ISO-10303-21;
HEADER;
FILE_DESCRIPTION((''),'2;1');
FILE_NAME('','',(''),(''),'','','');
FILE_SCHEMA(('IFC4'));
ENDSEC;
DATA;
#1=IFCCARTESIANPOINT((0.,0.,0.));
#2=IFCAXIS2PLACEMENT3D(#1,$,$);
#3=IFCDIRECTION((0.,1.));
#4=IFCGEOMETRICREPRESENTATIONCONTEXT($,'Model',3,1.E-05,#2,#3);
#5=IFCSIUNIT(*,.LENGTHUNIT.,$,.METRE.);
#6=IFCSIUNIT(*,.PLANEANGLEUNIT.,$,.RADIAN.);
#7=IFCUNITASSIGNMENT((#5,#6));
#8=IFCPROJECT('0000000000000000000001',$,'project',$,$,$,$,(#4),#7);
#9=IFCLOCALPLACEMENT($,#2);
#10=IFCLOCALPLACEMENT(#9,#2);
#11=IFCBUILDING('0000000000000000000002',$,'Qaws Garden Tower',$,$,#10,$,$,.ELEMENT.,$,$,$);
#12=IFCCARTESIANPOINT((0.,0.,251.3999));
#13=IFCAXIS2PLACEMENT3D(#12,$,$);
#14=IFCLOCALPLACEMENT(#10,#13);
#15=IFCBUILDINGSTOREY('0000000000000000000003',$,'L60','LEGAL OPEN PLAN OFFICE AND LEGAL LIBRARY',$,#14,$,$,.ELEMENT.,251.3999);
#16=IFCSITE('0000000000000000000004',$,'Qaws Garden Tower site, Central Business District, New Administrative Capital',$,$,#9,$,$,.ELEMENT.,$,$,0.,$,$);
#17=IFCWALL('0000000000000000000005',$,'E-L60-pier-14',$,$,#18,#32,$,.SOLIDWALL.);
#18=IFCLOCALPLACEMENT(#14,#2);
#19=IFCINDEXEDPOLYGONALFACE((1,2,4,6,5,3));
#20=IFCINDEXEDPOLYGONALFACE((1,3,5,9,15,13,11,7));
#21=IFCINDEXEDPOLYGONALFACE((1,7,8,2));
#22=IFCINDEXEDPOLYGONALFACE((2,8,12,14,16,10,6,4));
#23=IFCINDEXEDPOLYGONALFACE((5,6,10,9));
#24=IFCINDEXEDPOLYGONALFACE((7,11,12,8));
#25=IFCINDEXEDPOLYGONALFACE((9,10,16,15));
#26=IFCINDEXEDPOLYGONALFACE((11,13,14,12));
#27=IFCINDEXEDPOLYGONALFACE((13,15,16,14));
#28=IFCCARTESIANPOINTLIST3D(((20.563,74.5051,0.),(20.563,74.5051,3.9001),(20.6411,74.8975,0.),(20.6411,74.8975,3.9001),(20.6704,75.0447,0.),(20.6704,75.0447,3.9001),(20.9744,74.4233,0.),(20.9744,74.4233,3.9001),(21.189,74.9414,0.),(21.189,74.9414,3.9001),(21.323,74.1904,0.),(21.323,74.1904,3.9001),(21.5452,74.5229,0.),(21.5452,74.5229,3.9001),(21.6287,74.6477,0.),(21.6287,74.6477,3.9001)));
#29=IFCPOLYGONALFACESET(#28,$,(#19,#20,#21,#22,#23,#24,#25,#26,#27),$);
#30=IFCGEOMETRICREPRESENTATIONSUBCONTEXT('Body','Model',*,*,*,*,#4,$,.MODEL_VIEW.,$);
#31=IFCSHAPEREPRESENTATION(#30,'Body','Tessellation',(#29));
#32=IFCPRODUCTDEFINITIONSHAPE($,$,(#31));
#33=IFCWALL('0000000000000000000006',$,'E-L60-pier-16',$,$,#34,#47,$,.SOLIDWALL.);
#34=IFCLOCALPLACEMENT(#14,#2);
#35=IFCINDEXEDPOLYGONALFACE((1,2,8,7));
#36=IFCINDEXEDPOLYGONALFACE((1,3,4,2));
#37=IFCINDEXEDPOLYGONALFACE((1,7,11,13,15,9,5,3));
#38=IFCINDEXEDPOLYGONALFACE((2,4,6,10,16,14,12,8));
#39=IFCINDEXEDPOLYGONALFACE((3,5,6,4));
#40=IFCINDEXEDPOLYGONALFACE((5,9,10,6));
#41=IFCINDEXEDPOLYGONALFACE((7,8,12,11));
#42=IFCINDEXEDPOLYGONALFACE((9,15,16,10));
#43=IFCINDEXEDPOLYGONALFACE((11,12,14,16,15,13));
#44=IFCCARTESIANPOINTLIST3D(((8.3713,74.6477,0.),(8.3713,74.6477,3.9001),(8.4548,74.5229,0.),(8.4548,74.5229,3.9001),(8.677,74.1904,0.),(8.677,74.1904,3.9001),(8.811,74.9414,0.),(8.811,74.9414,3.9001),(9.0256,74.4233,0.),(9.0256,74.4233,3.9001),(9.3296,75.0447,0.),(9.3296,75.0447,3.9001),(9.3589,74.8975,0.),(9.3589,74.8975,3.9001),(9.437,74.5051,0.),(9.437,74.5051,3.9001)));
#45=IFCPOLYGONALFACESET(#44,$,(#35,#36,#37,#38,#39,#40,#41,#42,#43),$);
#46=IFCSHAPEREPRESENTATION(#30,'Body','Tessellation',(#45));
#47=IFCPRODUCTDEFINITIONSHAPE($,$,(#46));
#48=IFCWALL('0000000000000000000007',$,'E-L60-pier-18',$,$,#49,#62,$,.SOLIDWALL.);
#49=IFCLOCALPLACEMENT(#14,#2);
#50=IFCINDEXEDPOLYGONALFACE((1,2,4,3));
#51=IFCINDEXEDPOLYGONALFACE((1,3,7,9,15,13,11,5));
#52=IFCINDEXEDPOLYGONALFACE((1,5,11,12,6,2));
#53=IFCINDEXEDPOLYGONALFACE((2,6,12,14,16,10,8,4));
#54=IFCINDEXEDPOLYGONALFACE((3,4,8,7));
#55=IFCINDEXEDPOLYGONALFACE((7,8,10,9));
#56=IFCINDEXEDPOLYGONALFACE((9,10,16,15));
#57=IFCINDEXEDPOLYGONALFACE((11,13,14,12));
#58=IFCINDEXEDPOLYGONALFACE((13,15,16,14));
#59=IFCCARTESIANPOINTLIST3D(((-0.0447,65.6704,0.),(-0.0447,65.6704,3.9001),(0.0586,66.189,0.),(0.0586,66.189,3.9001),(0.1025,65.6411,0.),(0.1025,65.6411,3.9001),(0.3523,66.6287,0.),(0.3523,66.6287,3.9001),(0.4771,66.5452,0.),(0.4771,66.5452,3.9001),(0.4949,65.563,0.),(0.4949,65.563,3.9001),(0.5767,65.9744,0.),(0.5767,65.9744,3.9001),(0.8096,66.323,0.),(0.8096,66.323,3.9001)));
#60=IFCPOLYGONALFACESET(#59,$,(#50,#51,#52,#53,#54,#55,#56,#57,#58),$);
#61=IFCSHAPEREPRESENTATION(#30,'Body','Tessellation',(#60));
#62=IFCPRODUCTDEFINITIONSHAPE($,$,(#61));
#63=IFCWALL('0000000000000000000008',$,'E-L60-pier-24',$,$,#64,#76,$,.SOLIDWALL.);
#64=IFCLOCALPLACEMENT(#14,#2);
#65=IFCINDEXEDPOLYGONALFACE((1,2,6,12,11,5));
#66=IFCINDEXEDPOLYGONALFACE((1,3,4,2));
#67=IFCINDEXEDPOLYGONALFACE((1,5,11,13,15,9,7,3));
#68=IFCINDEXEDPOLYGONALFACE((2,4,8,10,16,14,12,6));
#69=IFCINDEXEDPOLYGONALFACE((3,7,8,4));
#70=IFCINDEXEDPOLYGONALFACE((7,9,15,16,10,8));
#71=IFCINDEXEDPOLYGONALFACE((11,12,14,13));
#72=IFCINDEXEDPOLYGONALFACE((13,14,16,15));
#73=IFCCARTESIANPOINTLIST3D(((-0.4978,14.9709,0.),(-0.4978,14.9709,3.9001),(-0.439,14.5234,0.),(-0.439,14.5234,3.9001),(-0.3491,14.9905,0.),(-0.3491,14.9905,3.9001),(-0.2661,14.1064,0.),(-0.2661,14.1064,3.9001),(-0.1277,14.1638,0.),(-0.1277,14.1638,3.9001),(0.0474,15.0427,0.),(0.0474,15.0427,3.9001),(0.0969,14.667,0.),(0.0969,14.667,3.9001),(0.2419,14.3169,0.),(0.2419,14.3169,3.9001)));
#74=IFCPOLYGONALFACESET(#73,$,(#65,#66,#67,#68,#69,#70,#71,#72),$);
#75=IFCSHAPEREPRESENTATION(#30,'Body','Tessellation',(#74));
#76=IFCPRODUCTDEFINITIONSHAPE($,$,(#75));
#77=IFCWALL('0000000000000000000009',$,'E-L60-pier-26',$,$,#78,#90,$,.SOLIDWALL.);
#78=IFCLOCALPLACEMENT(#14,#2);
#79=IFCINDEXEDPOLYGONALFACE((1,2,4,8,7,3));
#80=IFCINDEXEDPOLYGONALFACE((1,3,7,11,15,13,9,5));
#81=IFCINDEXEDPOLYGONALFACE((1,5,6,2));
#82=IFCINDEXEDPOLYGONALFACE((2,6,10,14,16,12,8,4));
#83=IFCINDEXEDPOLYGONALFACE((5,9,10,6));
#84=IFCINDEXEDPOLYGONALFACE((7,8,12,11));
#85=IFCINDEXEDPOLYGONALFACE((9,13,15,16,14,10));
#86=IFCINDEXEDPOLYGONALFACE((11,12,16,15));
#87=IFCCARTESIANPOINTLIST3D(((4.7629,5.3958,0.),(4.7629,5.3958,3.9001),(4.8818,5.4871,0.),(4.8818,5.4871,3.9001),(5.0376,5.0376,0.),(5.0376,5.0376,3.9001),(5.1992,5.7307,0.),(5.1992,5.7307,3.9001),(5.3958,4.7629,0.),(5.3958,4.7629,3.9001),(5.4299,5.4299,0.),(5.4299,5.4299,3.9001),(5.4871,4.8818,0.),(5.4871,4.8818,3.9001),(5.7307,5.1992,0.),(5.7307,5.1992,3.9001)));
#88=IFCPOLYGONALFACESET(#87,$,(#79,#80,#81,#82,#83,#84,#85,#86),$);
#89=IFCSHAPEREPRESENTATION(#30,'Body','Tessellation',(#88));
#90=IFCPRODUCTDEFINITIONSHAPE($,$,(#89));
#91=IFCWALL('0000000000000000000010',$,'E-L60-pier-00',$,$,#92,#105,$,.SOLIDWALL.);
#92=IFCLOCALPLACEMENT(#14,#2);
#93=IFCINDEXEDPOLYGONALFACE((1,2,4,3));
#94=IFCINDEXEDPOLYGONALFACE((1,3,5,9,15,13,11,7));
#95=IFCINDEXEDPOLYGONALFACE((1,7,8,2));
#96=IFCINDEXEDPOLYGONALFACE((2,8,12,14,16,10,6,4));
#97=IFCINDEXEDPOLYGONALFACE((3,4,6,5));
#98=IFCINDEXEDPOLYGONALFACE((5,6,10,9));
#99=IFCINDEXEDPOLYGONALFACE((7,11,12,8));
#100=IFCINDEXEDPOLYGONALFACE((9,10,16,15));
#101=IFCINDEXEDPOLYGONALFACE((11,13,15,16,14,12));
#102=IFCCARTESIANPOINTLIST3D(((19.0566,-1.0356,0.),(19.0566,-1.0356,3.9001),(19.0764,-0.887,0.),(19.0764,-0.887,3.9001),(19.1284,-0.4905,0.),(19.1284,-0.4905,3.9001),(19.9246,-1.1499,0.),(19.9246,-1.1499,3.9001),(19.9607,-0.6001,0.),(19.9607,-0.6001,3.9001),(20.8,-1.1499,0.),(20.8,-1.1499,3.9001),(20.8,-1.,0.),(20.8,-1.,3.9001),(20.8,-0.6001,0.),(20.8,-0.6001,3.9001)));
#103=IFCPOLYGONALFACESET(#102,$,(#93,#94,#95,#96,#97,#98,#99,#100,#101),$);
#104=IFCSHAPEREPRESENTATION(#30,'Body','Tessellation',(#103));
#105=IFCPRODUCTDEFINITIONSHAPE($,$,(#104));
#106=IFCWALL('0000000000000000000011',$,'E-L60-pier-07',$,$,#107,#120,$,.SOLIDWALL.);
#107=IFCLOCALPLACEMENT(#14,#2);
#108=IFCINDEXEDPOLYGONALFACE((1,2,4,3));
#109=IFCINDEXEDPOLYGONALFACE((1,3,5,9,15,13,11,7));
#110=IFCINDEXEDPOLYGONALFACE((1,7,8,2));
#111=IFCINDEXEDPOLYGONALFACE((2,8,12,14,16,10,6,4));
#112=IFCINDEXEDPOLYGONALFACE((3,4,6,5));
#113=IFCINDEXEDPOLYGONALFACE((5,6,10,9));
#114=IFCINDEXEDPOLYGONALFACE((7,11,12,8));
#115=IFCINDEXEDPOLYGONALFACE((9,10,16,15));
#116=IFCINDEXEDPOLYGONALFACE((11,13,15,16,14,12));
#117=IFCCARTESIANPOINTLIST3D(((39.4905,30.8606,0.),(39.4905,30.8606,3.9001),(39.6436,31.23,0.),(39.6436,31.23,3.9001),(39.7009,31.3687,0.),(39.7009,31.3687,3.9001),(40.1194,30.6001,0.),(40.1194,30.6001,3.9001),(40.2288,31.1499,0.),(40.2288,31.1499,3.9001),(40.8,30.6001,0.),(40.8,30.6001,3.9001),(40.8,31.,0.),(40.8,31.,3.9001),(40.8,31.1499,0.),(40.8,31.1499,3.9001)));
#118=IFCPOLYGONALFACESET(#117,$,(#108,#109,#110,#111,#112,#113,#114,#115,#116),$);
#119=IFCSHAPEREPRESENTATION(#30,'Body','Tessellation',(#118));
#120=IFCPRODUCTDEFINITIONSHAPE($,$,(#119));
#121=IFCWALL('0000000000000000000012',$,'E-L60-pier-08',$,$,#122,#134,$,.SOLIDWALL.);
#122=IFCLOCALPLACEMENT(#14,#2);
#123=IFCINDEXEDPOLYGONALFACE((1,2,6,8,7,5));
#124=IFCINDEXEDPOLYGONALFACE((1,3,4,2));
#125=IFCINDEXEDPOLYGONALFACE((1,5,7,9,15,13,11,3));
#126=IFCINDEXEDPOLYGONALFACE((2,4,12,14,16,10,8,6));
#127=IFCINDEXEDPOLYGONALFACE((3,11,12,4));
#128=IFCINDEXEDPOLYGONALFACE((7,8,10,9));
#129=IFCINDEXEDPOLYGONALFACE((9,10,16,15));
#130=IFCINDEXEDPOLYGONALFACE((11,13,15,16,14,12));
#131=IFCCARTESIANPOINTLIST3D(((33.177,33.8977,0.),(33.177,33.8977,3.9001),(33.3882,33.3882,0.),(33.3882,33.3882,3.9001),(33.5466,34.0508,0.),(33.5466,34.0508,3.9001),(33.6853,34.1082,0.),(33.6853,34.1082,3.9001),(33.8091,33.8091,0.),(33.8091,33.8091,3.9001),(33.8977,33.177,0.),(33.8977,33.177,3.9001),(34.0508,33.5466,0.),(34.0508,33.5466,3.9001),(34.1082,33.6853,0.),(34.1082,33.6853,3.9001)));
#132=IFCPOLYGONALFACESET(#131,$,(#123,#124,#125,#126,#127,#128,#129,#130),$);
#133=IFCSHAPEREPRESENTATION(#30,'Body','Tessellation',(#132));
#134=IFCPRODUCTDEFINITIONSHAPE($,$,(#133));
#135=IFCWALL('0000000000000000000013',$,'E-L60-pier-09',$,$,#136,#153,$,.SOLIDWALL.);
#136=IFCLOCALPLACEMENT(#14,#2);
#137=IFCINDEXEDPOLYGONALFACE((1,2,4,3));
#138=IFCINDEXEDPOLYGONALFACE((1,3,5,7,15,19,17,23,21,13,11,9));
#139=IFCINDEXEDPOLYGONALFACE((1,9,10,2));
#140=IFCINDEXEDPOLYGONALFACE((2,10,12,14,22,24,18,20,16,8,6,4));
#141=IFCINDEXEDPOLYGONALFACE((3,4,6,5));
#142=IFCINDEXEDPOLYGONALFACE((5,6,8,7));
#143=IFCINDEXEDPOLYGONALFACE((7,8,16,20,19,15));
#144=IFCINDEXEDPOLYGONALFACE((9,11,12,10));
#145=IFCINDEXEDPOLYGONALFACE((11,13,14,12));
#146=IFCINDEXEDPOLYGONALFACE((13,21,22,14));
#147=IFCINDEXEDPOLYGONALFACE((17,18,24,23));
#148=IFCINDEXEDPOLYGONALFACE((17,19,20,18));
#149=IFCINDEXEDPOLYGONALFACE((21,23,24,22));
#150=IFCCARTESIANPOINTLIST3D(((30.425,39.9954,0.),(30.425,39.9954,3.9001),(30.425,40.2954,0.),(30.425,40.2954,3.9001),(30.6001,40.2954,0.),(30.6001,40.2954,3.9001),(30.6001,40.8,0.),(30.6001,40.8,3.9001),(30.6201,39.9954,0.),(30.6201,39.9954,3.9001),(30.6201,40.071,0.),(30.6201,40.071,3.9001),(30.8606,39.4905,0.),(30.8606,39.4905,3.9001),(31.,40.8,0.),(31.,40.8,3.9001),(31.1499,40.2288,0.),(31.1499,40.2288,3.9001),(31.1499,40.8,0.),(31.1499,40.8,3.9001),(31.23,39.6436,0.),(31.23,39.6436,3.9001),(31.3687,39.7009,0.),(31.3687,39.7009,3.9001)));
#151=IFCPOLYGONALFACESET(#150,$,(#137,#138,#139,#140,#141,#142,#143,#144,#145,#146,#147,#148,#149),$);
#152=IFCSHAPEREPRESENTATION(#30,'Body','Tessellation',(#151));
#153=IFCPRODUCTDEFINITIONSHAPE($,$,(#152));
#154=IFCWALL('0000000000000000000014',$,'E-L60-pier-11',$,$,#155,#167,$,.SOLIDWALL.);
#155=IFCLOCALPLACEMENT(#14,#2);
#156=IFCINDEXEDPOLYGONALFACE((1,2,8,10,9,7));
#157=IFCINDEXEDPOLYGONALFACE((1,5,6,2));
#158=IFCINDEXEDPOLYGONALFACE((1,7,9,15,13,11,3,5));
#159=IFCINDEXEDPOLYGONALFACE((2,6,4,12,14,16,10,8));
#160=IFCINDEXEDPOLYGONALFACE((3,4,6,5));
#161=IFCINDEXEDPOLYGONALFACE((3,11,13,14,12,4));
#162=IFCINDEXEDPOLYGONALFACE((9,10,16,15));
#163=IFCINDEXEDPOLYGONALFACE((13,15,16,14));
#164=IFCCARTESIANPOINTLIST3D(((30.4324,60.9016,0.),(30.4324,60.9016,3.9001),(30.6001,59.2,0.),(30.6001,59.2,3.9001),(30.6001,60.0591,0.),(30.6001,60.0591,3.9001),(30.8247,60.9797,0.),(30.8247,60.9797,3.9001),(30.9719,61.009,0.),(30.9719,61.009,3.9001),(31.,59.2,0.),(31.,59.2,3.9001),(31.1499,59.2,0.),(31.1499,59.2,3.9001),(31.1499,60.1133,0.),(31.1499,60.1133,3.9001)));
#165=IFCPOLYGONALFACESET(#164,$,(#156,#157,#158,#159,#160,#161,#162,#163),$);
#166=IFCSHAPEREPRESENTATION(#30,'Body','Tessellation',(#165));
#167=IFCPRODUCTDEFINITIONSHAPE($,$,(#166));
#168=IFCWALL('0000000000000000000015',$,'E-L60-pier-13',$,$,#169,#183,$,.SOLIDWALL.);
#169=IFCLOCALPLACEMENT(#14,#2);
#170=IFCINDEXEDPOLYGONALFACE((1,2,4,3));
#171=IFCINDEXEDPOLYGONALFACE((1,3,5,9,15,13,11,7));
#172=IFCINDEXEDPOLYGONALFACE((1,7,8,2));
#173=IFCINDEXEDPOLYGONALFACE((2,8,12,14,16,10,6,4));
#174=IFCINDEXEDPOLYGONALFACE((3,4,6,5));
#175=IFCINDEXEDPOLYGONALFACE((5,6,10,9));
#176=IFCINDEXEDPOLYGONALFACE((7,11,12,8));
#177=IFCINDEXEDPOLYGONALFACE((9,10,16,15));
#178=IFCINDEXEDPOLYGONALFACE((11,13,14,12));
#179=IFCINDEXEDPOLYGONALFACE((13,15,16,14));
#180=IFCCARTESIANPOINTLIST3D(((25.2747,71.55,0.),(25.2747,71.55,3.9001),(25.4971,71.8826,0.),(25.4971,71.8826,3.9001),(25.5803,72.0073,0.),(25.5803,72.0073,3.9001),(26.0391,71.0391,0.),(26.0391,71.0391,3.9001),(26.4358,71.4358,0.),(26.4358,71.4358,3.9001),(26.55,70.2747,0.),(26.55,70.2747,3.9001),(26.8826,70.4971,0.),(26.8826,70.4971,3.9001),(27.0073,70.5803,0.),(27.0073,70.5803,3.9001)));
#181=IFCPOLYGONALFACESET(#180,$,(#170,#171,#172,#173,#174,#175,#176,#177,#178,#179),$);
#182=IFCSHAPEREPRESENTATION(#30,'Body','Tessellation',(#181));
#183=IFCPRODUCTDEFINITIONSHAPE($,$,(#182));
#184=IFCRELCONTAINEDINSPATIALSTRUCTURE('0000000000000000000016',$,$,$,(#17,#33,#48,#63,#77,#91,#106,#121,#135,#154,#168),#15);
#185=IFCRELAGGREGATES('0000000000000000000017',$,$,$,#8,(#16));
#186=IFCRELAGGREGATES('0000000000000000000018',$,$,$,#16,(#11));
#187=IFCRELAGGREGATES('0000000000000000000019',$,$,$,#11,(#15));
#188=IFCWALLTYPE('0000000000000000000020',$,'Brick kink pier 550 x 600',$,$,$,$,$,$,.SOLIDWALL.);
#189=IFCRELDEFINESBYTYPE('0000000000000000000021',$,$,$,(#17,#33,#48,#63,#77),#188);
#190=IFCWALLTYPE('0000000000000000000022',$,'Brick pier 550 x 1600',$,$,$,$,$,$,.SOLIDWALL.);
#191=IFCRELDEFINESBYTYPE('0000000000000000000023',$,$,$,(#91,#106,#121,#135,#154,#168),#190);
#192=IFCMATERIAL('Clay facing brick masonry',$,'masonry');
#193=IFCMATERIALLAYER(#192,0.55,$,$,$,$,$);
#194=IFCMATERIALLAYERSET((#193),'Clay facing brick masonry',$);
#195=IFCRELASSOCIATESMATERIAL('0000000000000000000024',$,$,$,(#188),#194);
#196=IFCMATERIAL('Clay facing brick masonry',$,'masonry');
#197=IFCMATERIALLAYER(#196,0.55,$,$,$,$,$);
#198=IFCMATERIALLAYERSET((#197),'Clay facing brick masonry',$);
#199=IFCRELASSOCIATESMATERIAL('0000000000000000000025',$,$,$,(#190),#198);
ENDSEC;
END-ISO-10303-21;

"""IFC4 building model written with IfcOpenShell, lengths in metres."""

from ifc_helpers import new_model, si_unit, direction, frame, origin, place, context, subcontext, project, spatial, polyline, outline, extrude, material, layer, layer_set, type_object, element, save


model = new_model("IFC4")

# Units and contexts
model_context = context("Model", 3, precision=1e-05, world=origin(), true_north=direction((0.0, 1.0)))
body_context = subcontext(model_context, "Body", "Model", "MODEL_VIEW")
ifc_project = project(units=[si_unit("LENGTHUNIT", "METRE"), si_unit("PLANEANGLEUNIT", "RADIAN")], contexts=[model_context])

# Site, building, storey
site_placement = place(None, origin())
site = spatial("IfcSite", under=ifc_project, at=site_placement, Name="Qaws Garden Tower site, Central Business District, New Administrative Capital", CompositionType="ELEMENT", RefElevation=0.0)
building_placement = place(site_placement, origin())
building = spatial("IfcBuilding", under=site, at=building_placement, Name="Qaws Garden Tower", CompositionType="ELEMENT")
storey_placement = place(building_placement, frame((0.0, 0.0, 251.3999)))
storey = spatial("IfcBuildingStorey", under=building, at=storey_placement, Name="L60", Description="LEGAL OPEN PLAN OFFICE AND LEGAL LIBRARY", CompositionType="ELEMENT", Elevation=251.3999)

# Walls
placement = place(storey_placement, origin())
ifc_material_1 = material(Name="Clay facing brick masonry", Category="masonry")
ifc_layer_1 = layer(ifc_material_1, 0.55)
ifc_layer_set_1 = layer_set([ifc_layer_1], Name="Clay facing brick masonry")
wall_type_1 = type_object("IfcWallType", Name="Brick kink pier 550 x 600", PredefinedType="SOLIDWALL", material=ifc_layer_set_1)
element("IfcWall", 1, at=placement, inside=storey, type_object=wall_type_1, Name="E-L60-pier-14", PredefinedType="SOLIDWALL", context=body_context, shape_type="SweptSolid", body=[
    extrude(outline(polyline([(21.5452, 74.5229), (21.6287, 74.6477), (21.189, 74.9414), (20.6704, 75.0447), (20.6411, 74.8975), (20.563, 74.5051), (20.9744, 74.4233), (21.323, 74.1904), (21.5452, 74.5229)])), origin(), (0.0, 0.0, 1.0), 3.9001),
])
element("IfcWall", 2, at=placement, inside=storey, type_object=wall_type_1, Name="E-L60-pier-16", PredefinedType="SOLIDWALL", context=body_context, shape_type="SweptSolid", body=[
    extrude(outline(polyline([(9.3589, 74.8975), (9.3296, 75.0447), (8.811, 74.9414), (8.3713, 74.6477), (8.4548, 74.5229), (8.677, 74.1904), (9.0256, 74.4233), (9.437, 74.5051), (9.3589, 74.8975)])), origin(), (0.0, 0.0, 1.0), 3.9001),
])
element("IfcWall", 3, at=placement, inside=storey, type_object=wall_type_1, Name="E-L60-pier-18", PredefinedType="SOLIDWALL", context=body_context, shape_type="SweptSolid", body=[
    extrude(outline(polyline([(0.4771, 66.5452), (0.3523, 66.6287), (0.0586, 66.189), (-0.0447, 65.6704), (0.1025, 65.6411), (0.4949, 65.563), (0.5767, 65.9744), (0.8096, 66.323), (0.4771, 66.5452)])), origin(), (0.0, 0.0, 1.0), 3.9001),
])
element("IfcWall", 4, at=placement, inside=storey, type_object=wall_type_1, Name="E-L60-pier-24", PredefinedType="SOLIDWALL", context=body_context, shape_type="SweptSolid", body=[
    extrude(outline(polyline([(-0.3491, 14.9905), (-0.4978, 14.9709), (-0.439, 14.5234), (-0.2661, 14.1064), (-0.1277, 14.1638), (0.2419, 14.3169), (0.0969, 14.667), (0.0474, 15.0427), (-0.3491, 14.9905)])), origin(), (0.0, 0.0, 1.0), 3.9001),
])
element("IfcWall", 5, at=placement, inside=storey, type_object=wall_type_1, Name="E-L60-pier-26", PredefinedType="SOLIDWALL", context=body_context, shape_type="SweptSolid", body=[
    extrude(outline(polyline([(4.8818, 5.4871), (4.7629, 5.3958), (5.0376, 5.0376), (5.3958, 4.7629), (5.4871, 4.8818), (5.7307, 5.1992), (5.4299, 5.4299), (5.1992, 5.7307), (4.8818, 5.4871)])), origin(), (0.0, 0.0, 1.0), 3.9001),
])
ifc_material_2 = material(Name="Clay facing brick masonry", Category="masonry")
ifc_layer_2 = layer(ifc_material_2, 0.55)
ifc_layer_set_2 = layer_set([ifc_layer_2], Name="Clay facing brick masonry")
wall_type_2 = type_object("IfcWallType", Name="Brick pier 550 x 1600", PredefinedType="SOLIDWALL", material=ifc_layer_set_2)
element("IfcWall", 6, at=placement, inside=storey, type_object=wall_type_2, Name="E-L60-pier-00", PredefinedType="SOLIDWALL", context=body_context, shape_type="SweptSolid", body=[
    extrude(outline(polyline([(19.0764, -0.887), (19.0566, -1.0356), (19.9246, -1.1499), (20.8, -1.1499), (20.8, -1.0), (20.8, -0.6001), (19.9607, -0.6001), (19.1284, -0.4905), (19.0764, -0.887)])), origin(), (0.0, 0.0, 1.0), 3.9001),
])
element("IfcWall", 7, at=placement, inside=storey, type_object=wall_type_2, Name="E-L60-pier-07", PredefinedType="SOLIDWALL", context=body_context, shape_type="SweptSolid", body=[
    extrude(outline(polyline([(40.8, 31.0), (40.8, 31.1499), (40.2288, 31.1499), (39.7009, 31.3687), (39.6436, 31.23), (39.4905, 30.8606), (40.1194, 30.6001), (40.8, 30.6001), (40.8, 31.0)])), origin(), (0.0, 0.0, 1.0), 3.9001),
])
element("IfcWall", 8, at=placement, inside=storey, type_object=wall_type_2, Name="E-L60-pier-08", PredefinedType="SOLIDWALL", context=body_context, shape_type="SweptSolid", body=[
    extrude(outline(polyline([(34.0508, 33.5466), (34.1082, 33.6853), (33.8091, 33.8091), (33.6853, 34.1082), (33.5466, 34.0508), (33.177, 33.8977), (33.3882, 33.3882), (33.8977, 33.177), (34.0508, 33.5466)])), origin(), (0.0, 0.0, 1.0), 3.9001),
])
element("IfcWall", 9, at=placement, inside=storey, type_object=wall_type_2, Name="E-L60-pier-09", PredefinedType="SOLIDWALL", context=body_context, shape_type="SweptSolid", body=[
    extrude(outline(polyline([(30.6201, 39.9954), (30.6201, 40.071), (30.8606, 39.4905), (31.23, 39.6436), (31.3687, 39.7009), (31.1499, 40.2288), (31.1499, 40.8), (31.0, 40.8), (30.6001, 40.8), (30.6001, 40.2954), (30.425, 40.2954), (30.425, 39.9954), (30.6201, 39.9954)])), origin(), (0.0, 0.0, 1.0), 3.9001),
])
element("IfcWall", 10, at=placement, inside=storey, type_object=wall_type_2, Name="E-L60-pier-11", PredefinedType="SOLIDWALL", context=body_context, shape_type="SweptSolid", body=[
    extrude(outline(polyline([(31.0, 59.2), (31.1499, 59.2), (31.1499, 60.1133), (30.9719, 61.009), (30.8247, 60.9797), (30.4324, 60.9016), (30.6001, 60.0591), (30.6001, 59.2), (31.0, 59.2)])), origin(), (0.0, 0.0, 1.0), 3.9001),
])
element("IfcWall", 11, at=placement, inside=storey, type_object=wall_type_2, Name="E-L60-pier-13", PredefinedType="SOLIDWALL", context=body_context, shape_type="SweptSolid", body=[
    extrude(outline(polyline([(26.8826, 70.4971), (27.0073, 70.5803), (26.4358, 71.4358), (25.5803, 72.0073), (25.4971, 71.8826), (25.2747, 71.55), (26.0391, 71.0391), (26.55, 70.2747), (26.8826, 70.4971)])), origin(), (0.0, 0.0, 1.0), 3.9001),
])

save(model, "model.ifc")
